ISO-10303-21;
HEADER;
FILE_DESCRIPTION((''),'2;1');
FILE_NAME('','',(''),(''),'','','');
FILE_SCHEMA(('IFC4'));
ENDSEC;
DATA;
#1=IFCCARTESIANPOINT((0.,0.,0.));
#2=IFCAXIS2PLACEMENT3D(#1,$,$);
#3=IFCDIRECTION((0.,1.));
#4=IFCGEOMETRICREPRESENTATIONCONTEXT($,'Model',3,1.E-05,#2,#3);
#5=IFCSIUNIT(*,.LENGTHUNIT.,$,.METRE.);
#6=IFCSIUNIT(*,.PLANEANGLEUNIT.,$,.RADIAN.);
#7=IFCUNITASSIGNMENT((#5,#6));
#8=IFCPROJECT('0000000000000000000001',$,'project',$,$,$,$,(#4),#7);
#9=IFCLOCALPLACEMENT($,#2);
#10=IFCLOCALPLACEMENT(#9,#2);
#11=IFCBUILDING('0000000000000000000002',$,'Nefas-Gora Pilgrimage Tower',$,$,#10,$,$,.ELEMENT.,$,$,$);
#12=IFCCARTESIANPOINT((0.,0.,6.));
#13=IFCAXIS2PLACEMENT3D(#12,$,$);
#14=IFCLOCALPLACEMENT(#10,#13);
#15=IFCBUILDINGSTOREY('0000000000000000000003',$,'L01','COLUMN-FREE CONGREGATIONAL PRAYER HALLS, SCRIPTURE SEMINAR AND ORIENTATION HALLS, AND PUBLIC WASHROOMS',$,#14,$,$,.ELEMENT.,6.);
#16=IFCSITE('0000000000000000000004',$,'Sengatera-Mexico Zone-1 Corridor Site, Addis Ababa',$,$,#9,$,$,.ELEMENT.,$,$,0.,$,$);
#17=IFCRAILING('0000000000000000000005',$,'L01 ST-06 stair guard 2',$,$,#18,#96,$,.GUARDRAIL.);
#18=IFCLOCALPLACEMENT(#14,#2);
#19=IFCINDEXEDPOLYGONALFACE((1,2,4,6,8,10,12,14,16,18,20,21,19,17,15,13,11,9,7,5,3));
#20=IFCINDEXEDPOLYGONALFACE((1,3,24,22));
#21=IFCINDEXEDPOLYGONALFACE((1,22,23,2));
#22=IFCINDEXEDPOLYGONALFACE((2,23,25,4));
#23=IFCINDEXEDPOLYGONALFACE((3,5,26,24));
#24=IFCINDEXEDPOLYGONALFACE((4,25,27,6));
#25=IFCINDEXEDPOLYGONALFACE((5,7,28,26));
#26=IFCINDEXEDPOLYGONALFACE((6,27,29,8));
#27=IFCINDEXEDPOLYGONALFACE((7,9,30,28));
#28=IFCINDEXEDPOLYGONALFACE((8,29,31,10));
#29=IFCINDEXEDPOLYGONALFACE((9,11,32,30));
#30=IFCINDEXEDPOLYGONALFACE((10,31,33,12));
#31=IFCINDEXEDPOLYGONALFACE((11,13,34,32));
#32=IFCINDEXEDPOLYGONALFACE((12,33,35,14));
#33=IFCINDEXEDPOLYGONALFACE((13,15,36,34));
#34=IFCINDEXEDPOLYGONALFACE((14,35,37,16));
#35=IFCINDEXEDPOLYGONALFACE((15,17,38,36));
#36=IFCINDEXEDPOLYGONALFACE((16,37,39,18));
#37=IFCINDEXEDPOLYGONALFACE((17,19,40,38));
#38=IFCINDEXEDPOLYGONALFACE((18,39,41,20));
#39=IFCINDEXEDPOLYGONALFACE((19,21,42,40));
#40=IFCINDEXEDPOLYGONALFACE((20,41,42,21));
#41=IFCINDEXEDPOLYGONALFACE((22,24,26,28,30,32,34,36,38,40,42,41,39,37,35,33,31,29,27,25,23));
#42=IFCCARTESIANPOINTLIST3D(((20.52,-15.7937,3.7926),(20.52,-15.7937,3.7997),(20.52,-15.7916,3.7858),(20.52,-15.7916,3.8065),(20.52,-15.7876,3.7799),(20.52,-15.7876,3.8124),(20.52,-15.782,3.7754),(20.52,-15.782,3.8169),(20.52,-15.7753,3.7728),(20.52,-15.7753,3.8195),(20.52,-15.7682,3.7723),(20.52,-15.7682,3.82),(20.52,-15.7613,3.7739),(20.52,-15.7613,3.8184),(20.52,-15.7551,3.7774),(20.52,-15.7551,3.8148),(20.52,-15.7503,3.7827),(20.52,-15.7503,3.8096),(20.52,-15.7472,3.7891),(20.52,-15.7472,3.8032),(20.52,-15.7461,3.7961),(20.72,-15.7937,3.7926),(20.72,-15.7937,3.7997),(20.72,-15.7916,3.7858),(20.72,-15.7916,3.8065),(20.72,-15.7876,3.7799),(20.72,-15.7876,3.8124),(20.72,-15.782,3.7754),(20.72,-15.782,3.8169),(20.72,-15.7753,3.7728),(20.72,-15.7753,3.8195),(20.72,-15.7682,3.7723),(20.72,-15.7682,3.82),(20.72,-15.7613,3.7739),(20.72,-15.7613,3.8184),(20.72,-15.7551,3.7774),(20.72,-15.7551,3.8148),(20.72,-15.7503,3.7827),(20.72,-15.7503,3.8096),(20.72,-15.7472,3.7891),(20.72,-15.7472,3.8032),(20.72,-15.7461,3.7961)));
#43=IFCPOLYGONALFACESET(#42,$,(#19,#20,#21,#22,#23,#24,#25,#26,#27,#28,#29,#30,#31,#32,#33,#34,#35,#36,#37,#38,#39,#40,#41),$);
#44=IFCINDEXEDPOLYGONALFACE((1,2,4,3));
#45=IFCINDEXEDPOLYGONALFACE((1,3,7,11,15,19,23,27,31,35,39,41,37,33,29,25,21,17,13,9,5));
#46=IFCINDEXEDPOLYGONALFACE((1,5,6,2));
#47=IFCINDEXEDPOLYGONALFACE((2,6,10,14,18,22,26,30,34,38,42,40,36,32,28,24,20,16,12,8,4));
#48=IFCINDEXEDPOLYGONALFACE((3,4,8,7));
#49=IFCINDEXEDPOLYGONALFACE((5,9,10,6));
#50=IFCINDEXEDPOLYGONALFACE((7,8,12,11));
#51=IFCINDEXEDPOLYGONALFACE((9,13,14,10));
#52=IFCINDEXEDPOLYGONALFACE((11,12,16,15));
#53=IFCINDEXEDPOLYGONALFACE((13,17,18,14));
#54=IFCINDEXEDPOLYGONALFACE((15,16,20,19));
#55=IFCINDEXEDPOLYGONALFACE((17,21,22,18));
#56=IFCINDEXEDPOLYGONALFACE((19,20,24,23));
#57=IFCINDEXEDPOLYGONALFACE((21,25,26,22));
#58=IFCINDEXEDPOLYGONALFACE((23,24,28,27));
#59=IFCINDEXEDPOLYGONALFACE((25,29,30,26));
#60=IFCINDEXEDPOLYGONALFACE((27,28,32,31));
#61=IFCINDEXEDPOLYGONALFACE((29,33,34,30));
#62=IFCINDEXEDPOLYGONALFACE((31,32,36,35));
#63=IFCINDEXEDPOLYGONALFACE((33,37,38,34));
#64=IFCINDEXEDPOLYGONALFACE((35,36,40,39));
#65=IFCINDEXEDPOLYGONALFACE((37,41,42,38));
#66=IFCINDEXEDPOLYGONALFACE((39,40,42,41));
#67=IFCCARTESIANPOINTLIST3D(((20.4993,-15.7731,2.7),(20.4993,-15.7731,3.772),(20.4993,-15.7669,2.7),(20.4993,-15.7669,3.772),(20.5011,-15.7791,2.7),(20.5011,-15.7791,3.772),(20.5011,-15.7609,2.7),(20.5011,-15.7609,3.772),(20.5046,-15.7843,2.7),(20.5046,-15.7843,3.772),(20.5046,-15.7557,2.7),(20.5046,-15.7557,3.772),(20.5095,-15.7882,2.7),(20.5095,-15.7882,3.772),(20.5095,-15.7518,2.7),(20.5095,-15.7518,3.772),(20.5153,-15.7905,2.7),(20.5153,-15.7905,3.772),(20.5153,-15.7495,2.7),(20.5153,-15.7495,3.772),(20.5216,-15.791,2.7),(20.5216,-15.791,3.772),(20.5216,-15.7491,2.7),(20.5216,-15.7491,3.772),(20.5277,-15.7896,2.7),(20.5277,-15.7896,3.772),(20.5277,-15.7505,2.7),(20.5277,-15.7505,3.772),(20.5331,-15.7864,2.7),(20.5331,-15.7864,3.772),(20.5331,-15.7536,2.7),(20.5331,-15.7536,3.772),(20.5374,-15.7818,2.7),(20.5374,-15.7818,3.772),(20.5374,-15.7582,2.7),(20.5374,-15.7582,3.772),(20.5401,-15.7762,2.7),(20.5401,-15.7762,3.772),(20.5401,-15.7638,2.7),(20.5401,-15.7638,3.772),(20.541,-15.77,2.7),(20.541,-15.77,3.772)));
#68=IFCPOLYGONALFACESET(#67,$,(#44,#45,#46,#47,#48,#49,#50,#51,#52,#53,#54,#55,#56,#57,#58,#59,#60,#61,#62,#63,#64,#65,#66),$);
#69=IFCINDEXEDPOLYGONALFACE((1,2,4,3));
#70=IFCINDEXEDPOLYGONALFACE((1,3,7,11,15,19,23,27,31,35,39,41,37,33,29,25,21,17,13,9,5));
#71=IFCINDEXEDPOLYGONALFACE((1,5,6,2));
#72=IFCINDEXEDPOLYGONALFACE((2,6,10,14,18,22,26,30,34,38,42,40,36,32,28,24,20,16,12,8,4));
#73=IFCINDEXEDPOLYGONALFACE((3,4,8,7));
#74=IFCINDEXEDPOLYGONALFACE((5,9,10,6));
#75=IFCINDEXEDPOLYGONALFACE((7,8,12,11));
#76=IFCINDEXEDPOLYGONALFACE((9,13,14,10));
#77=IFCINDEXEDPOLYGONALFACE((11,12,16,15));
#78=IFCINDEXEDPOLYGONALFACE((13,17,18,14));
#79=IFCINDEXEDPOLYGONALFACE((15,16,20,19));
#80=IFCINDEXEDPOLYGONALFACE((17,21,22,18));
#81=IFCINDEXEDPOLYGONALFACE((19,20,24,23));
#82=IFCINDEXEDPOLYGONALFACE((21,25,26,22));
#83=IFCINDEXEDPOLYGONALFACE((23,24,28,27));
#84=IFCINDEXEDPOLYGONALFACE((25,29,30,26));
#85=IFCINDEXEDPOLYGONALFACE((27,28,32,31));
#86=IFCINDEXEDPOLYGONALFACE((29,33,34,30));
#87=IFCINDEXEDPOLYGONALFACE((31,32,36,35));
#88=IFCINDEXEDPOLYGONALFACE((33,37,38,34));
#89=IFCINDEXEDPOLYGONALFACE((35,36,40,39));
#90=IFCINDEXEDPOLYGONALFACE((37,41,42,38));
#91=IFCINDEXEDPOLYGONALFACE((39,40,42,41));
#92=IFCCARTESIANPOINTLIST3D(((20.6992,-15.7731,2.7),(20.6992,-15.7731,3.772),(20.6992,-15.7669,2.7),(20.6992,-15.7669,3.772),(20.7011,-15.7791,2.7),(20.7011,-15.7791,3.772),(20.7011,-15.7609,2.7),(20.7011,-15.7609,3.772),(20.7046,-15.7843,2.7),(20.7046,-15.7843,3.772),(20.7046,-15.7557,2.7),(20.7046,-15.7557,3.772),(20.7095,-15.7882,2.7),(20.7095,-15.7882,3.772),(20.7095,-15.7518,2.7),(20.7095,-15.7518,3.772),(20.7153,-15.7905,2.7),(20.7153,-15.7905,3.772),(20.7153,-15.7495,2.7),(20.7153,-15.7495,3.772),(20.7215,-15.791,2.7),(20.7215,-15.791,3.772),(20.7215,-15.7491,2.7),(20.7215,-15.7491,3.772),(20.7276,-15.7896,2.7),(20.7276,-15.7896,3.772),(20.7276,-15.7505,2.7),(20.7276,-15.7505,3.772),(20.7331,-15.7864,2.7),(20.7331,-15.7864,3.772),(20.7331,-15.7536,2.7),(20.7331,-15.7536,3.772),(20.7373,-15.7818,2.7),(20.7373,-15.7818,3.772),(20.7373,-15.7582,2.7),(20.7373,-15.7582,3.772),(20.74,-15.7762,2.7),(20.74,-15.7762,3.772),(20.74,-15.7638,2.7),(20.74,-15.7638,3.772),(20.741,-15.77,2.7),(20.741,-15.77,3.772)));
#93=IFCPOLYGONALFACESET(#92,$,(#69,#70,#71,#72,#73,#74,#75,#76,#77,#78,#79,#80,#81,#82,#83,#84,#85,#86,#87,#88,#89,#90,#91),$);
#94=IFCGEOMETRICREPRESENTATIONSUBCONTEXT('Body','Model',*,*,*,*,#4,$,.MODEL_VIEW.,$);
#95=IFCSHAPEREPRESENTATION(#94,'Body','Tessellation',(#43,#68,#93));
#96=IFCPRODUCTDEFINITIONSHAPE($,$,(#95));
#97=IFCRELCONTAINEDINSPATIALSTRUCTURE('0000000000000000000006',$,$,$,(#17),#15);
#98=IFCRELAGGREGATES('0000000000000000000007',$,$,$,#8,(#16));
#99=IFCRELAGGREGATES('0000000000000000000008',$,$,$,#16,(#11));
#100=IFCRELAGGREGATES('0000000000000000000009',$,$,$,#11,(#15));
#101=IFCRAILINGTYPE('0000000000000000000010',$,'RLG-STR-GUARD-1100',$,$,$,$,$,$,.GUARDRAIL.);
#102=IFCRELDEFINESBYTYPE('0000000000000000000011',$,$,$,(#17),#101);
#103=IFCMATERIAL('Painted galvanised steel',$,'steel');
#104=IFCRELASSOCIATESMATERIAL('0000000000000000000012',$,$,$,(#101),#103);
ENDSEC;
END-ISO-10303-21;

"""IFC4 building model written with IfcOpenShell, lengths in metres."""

from ifc_helpers import new_model, si_unit, direction, frame, origin, origin_2d, place, context, subcontext, project, spatial, circle, extrude, material, type_object, element, save


model = new_model("IFC4")

# Units and contexts
model_context = context("Model", 3, precision=1e-05, world=origin(), true_north=direction((0.0, 1.0)))
body_context = subcontext(model_context, "Body", "Model", "MODEL_VIEW")
ifc_project = project(units=[si_unit("LENGTHUNIT", "METRE"), si_unit("PLANEANGLEUNIT", "RADIAN")], contexts=[model_context])

# Site, building, storey
site_placement = place(None, origin())
site = spatial("IfcSite", under=ifc_project, at=site_placement, Name="Sengatera-Mexico Zone-1 Corridor Site, Addis Ababa", CompositionType="ELEMENT", RefElevation=0.0)
building_placement = place(site_placement, origin())
building = spatial("IfcBuilding", under=site, at=building_placement, Name="Nefas-Gora Pilgrimage Tower", CompositionType="ELEMENT")
storey_placement = place(building_placement, frame((0.0, 0.0, 6.0)))
storey = spatial("IfcBuildingStorey", under=building, at=storey_placement, Name="L01", Description="COLUMN-FREE CONGREGATIONAL PRAYER HALLS, SCRIPTURE SEMINAR AND ORIENTATION HALLS, AND PUBLIC WASHROOMS", CompositionType="ELEMENT", Elevation=6.0)

# Railing
ifc_material_1 = material(Name="Painted galvanised steel", Category="steel")
railing_type_1 = type_object("IfcRailingType", Name="RLG-STR-GUARD-1100", PredefinedType="GUARDRAIL", material=ifc_material_1)
railing_1_placement = place(storey_placement, frame((20.52, -15.77, 2.7)))
element("IfcRailing", 1, at=railing_1_placement, inside=storey, type_object=railing_type_1, Name="L01 ST-06 stair guard 2", PredefinedType="GUARDRAIL", context=body_context, shape_type="SweptSolid", body=[
    extrude(circle(Radius=0.0239, at=origin_2d()), frame((0.0, 0.0, 1.0962), z_axis=(1.0, 0.0, 0.0), x_axis=(0.0, 1.0, 0.0)), (0.0, 0.0, 1.0), 0.2),
    extrude(circle(Radius=0.021, at=origin_2d()), origin(), (0.0, 0.0, 1.0), 1.072),
    extrude(circle(Radius=0.021, at=origin_2d()), frame((0.2, 0.0, 0.0)), (0.0, 0.0, 1.0), 1.072),
])

save(model, "model.ifc")
